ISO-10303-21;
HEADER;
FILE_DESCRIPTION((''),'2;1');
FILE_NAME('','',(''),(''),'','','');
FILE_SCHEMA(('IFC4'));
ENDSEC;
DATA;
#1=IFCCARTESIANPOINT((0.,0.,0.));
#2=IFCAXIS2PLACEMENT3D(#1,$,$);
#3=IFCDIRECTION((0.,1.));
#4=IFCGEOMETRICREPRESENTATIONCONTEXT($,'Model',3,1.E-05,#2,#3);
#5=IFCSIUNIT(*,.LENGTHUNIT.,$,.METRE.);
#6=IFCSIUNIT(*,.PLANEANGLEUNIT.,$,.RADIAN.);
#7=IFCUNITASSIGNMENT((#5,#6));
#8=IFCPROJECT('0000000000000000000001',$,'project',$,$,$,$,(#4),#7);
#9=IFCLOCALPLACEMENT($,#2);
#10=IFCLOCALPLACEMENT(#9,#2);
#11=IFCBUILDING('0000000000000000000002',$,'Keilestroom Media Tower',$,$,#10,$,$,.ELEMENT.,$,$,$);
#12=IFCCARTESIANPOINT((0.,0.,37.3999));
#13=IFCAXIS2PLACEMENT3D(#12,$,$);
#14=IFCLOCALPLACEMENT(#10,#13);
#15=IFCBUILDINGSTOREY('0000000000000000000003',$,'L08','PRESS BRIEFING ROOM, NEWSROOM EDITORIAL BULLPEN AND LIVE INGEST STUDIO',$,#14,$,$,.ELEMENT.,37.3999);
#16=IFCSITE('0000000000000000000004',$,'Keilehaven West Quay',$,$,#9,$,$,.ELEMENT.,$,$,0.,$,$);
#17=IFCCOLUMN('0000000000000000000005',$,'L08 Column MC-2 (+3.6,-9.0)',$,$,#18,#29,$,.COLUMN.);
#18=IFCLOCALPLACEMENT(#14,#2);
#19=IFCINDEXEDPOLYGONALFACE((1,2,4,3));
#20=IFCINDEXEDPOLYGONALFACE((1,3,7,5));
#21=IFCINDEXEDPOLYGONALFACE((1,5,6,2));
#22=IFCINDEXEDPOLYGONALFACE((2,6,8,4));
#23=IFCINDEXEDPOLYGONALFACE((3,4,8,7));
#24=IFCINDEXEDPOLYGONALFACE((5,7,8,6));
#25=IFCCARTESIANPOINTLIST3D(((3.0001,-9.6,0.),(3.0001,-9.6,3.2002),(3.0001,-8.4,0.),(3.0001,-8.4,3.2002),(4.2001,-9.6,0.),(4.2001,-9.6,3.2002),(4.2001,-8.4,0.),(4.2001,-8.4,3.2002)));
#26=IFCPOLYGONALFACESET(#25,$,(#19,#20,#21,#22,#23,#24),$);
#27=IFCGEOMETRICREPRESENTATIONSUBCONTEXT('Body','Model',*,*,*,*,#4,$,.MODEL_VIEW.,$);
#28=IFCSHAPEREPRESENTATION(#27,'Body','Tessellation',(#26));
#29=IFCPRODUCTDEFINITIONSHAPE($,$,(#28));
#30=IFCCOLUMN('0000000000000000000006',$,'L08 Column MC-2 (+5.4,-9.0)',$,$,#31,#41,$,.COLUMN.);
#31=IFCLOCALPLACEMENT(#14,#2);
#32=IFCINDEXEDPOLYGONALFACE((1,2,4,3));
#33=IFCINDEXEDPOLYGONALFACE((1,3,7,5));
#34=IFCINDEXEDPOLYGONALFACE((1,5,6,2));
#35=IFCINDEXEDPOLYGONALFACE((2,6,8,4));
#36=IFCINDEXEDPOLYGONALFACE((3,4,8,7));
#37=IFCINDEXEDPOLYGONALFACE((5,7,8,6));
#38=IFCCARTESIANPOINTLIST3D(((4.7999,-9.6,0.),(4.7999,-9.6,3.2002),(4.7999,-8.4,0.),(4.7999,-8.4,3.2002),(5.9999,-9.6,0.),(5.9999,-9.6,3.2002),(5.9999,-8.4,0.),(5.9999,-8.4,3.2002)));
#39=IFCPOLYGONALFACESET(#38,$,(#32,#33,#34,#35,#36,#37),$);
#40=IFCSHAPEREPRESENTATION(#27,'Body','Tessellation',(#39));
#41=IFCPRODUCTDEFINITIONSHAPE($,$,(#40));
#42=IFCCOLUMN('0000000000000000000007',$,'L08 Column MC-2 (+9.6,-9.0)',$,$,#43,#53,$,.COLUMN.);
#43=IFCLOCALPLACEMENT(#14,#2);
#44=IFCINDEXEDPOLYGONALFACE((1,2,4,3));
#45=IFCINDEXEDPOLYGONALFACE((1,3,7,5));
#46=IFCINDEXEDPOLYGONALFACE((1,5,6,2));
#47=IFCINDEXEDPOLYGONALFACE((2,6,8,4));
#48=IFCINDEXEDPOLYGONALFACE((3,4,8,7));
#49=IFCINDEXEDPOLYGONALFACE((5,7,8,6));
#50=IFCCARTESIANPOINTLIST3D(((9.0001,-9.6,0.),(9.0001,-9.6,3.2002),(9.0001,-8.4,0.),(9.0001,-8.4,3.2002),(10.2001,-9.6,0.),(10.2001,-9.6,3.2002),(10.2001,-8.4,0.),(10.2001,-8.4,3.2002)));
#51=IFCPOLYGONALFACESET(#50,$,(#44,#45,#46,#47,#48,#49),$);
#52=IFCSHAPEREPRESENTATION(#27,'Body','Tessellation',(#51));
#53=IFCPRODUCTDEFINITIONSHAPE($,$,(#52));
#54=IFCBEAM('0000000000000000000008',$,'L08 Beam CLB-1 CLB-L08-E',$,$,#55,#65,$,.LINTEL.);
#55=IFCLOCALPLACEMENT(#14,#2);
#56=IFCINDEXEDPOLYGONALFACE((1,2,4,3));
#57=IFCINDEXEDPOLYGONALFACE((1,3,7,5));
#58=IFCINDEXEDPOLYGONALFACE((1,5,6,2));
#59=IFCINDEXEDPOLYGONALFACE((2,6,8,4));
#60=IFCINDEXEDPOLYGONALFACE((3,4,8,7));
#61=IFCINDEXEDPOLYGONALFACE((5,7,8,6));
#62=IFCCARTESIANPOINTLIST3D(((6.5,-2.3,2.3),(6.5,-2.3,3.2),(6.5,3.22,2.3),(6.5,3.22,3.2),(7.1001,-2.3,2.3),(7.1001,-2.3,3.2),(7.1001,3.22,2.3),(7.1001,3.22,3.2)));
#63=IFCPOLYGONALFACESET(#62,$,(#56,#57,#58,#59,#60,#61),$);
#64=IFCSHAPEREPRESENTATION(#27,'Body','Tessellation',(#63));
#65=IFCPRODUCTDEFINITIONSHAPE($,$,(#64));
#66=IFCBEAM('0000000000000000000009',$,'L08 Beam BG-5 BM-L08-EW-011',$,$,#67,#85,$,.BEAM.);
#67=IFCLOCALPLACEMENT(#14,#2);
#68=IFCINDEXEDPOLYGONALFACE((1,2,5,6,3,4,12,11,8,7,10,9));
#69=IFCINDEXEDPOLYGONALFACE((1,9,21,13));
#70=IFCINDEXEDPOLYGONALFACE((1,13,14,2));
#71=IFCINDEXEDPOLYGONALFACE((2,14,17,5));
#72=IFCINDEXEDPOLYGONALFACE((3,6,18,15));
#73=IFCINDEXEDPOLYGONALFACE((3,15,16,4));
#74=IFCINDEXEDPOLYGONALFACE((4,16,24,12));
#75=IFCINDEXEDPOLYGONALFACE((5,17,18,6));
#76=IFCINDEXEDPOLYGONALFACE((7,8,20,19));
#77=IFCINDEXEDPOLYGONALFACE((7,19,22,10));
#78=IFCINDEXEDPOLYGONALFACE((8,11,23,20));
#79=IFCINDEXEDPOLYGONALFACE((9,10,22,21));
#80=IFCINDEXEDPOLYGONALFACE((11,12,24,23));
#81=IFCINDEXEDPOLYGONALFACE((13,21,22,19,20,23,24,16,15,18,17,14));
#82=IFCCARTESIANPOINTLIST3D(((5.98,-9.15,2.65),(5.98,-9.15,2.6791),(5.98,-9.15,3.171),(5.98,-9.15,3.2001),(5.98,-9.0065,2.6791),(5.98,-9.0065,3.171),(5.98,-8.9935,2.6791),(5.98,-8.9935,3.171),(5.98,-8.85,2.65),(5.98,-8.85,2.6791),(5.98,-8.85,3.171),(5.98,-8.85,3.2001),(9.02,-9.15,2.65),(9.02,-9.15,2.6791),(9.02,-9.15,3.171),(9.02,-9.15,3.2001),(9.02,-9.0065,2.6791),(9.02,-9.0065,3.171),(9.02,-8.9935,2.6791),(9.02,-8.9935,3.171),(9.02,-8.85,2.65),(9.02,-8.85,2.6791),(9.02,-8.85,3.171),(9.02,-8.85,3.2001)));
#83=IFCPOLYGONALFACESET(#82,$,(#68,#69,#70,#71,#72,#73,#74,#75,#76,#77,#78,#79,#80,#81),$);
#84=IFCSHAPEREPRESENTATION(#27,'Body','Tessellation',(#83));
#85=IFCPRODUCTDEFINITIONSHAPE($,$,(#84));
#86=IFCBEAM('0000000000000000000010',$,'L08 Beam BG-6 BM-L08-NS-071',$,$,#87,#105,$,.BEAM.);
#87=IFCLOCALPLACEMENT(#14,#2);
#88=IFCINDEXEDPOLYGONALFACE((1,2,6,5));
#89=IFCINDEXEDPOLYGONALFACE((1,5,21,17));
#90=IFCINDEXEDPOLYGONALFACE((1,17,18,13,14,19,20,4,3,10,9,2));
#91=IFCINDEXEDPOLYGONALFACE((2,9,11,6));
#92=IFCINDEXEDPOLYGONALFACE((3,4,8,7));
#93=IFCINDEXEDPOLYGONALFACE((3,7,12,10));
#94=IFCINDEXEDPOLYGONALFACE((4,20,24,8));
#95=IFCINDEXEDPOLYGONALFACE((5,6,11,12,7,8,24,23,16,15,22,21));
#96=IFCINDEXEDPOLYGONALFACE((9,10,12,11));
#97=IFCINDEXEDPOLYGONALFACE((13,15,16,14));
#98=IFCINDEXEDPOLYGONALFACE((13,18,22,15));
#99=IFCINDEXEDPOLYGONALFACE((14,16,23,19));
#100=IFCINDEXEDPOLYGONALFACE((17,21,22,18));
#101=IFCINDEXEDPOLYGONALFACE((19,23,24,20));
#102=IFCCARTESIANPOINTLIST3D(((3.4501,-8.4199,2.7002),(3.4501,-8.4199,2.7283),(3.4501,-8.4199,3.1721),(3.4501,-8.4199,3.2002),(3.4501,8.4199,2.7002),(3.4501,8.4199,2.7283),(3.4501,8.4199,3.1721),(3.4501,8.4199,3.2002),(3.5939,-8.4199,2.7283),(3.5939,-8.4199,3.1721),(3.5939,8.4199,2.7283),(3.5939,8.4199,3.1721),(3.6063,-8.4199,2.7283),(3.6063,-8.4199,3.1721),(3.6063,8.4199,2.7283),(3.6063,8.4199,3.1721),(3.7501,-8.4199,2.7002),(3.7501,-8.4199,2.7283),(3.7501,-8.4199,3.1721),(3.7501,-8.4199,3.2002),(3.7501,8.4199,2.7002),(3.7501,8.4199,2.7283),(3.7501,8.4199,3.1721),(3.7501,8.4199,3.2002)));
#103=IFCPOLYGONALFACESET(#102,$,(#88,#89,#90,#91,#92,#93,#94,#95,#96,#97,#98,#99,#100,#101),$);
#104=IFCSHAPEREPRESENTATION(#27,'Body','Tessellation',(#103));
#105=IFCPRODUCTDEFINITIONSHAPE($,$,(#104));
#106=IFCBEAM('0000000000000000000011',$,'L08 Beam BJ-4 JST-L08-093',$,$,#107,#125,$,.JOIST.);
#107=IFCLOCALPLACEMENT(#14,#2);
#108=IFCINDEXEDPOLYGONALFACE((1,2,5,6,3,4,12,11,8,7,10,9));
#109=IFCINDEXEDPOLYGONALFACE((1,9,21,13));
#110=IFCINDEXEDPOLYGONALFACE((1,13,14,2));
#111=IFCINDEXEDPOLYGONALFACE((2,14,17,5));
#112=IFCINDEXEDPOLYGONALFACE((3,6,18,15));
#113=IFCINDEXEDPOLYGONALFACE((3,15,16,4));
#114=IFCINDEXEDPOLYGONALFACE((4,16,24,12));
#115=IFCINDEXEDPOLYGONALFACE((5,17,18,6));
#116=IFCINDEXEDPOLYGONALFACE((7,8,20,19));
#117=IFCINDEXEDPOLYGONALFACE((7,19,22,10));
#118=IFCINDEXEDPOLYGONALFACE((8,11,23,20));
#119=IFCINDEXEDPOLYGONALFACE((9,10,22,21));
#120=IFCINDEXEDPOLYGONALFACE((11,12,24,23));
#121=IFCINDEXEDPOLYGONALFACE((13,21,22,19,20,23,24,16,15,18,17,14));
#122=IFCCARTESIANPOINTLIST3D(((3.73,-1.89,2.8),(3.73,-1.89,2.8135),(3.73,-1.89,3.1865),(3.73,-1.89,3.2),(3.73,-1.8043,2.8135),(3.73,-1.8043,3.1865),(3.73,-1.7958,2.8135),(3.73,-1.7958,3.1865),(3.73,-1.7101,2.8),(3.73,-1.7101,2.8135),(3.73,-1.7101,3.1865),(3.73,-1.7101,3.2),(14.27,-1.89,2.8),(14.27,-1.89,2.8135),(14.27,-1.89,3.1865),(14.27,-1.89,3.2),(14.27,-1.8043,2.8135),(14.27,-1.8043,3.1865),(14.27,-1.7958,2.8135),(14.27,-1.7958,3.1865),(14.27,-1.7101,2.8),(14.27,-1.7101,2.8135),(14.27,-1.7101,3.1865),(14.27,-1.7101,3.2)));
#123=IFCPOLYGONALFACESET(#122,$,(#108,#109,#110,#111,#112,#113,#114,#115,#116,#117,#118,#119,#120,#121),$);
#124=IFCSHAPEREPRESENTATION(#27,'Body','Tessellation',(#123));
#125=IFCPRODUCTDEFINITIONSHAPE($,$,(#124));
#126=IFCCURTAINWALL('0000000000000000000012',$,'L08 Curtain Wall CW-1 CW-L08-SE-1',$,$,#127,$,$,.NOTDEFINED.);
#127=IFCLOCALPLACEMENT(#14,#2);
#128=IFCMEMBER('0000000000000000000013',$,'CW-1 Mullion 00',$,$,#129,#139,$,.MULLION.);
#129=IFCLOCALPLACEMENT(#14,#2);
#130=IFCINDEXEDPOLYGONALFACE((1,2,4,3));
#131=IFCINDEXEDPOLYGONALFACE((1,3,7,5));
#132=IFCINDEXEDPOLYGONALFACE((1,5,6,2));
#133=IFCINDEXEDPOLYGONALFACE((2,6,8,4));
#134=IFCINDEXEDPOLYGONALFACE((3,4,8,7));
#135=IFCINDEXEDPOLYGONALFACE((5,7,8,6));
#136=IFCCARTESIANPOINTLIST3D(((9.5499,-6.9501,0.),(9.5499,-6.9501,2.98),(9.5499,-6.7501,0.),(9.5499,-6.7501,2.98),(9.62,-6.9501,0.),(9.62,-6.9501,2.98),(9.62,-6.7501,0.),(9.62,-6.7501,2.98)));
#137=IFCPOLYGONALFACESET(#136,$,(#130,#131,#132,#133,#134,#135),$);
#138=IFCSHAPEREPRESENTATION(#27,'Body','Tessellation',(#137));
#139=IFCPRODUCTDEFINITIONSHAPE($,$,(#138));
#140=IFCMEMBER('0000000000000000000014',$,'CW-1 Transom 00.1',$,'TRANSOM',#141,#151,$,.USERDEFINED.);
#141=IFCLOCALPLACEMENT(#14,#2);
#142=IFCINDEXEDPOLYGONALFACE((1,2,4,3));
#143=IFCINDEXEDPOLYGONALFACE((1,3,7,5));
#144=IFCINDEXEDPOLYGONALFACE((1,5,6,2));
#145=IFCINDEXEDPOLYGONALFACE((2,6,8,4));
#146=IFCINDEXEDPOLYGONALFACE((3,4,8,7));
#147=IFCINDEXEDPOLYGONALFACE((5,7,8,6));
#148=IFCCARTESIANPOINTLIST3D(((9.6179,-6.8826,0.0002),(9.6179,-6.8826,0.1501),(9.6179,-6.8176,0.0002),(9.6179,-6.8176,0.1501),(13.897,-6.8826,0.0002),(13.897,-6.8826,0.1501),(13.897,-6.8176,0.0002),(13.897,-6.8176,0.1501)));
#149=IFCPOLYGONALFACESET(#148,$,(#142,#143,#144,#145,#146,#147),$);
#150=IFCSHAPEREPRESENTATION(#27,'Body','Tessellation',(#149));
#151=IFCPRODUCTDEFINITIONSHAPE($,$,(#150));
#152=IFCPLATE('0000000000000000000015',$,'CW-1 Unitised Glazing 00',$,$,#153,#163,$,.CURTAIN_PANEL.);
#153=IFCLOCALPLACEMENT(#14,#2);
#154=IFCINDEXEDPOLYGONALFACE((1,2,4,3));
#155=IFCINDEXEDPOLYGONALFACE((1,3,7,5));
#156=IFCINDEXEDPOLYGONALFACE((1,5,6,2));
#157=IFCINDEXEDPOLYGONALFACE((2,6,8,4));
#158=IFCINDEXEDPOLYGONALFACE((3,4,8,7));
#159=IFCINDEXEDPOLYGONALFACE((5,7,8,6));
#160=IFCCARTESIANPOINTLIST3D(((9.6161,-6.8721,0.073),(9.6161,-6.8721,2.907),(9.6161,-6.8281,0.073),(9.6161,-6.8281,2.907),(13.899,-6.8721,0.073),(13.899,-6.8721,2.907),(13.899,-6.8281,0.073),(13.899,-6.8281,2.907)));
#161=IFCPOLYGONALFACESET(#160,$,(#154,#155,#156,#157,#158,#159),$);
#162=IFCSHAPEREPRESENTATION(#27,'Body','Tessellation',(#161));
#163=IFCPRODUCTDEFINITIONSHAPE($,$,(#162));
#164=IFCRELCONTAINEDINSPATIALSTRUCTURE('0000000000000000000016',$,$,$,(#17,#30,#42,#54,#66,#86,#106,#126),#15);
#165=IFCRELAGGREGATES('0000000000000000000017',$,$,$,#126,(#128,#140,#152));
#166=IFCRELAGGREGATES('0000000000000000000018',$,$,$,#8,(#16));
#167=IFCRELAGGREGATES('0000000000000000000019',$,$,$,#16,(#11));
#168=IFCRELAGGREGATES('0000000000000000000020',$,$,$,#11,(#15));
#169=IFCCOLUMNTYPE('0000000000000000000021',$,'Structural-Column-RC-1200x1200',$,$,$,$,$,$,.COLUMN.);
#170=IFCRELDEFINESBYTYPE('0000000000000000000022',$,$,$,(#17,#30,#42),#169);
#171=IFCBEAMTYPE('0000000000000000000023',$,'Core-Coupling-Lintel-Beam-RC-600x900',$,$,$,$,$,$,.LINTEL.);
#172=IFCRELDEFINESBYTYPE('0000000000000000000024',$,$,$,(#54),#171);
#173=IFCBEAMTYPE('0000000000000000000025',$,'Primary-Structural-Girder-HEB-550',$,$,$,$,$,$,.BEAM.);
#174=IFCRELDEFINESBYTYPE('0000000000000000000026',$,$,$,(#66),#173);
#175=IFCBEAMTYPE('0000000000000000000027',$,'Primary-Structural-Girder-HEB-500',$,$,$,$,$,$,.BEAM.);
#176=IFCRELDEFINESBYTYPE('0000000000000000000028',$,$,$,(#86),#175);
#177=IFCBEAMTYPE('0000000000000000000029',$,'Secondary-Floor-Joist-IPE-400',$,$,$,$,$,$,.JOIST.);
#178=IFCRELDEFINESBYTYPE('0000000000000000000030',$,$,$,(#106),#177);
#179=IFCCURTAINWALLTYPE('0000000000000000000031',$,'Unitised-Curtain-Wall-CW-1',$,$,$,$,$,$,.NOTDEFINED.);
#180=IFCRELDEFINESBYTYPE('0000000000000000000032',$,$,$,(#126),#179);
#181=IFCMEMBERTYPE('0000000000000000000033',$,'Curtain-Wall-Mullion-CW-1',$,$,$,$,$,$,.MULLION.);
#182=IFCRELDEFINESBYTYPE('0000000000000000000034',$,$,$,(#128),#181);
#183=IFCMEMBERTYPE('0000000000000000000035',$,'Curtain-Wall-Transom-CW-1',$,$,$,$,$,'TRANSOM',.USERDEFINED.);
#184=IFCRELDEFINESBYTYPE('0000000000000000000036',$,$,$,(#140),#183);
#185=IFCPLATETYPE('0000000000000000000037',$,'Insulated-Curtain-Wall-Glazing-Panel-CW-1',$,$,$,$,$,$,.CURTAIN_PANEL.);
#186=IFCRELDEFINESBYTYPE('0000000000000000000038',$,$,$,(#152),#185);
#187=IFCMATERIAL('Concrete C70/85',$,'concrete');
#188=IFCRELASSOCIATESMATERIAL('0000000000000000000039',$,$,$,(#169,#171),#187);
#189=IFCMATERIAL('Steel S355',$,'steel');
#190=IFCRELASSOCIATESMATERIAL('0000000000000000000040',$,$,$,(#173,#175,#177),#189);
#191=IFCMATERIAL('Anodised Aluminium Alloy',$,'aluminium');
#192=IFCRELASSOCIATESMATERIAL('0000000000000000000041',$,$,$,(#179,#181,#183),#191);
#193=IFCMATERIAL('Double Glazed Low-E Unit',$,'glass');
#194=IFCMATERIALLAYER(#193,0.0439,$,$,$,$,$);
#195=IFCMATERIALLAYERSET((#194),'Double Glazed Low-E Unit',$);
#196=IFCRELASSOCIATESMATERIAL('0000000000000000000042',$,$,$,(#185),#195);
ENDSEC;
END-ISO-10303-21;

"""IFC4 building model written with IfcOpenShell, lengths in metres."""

from ifc_helpers import new_model, si_unit, direction, frame, origin, origin_2d, place, context, subcontext, project, spatial, rectangle, i_section, extrude, source, transform, mapped, material, layer, layer_set, material_profile, profile_set, type_object, element, aggregate, save


model = new_model("IFC4")

# Units and contexts
model_context = context("Model", 3, precision=1e-05, world=origin(), true_north=direction((0.0, 1.0)))
body_context = subcontext(model_context, "Body", "Model", "MODEL_VIEW")
ifc_project = project(units=[si_unit("LENGTHUNIT", "METRE"), si_unit("PLANEANGLEUNIT", "RADIAN")], contexts=[model_context])

# Site, building, storey
site_placement = place(None, origin())
site = spatial("IfcSite", under=ifc_project, at=site_placement, Name="Keilehaven West Quay", CompositionType="ELEMENT", RefElevation=0.0)
building_placement = place(site_placement, origin())
building = spatial("IfcBuilding", under=site, at=building_placement, Name="Keilestroom Media Tower", CompositionType="ELEMENT")
storey_placement = place(building_placement, frame((0.0, 0.0, 37.3999)))
storey = spatial("IfcBuildingStorey", under=building, at=storey_placement, Name="L08", Description="PRESS BRIEFING ROOM, NEWSROOM EDITORIAL BULLPEN AND LIVE INGEST STUDIO", CompositionType="ELEMENT", Elevation=37.3999)

# Columns
ifc_material_1 = material(Name="Concrete C70/85", Category="concrete")
ifc_material_profile_1 = material_profile(ifc_material_1, rectangle(XDim=1.2, YDim=1.2, at=origin_2d()), Name="RC 1200x1200")
ifc_profile_set_1 = profile_set([ifc_material_profile_1], Name="Concrete C70/85")
column_type = type_object("IfcColumnType", Name="Structural-Column-RC-1200x1200", PredefinedType="COLUMN", material=ifc_profile_set_1)
shared_shape_1 = source(origin(), body_context, "Body", "SweptSolid", [
    extrude(rectangle(XDim=1.2, YDim=1.2, at=origin_2d()), origin(), (0.0, 0.0, 1.0), 3.2002),
])
for number, where, z_axis, x_axis, name in (
    (1, (3.6001, -9.0, 0.0), (0.0, 0.0, 1.0), (1.0, 0.0, 0.0), "L08 Column MC-2 (+3.6,-9.0)"),
    (2, (5.3999, -9.0, 0.0), (0.0, 0.0, 1.0), (1.0, 0.0, 0.0), "L08 Column MC-2 (+5.4,-9.0)"),
    (3, (9.6001, -9.0, 0.0), (0.0, 0.0, 1.0), (1.0, 0.0, 0.0), "L08 Column MC-2 (+9.6,-9.0)"),
):
    element("IfcColumn", number, at=place(storey_placement, frame(where, z_axis=z_axis, x_axis=x_axis)), inside=storey, type_object=column_type, Name=name, PredefinedType="COLUMN", context=body_context, shape_type="MappedRepresentation", body=[
        mapped(shared_shape_1, transform((0.0, 0.0, 0.0), x_axis=(1.0, 0.0, 0.0), y_axis=(0.0, 1.0, 0.0), z_axis=(0.0, 0.0, 1.0), scale=1.0)),
    ])

# Beams
ifc_material_profile_2 = material_profile(ifc_material_1, rectangle(XDim=0.6001, YDim=0.8999, at=origin_2d()), Name="RC 600x900")
ifc_profile_set_2 = profile_set([ifc_material_profile_2], Name="Concrete C70/85")
beam_type_1 = type_object("IfcBeamType", Name="Core-Coupling-Lintel-Beam-RC-600x900", PredefinedType="LINTEL", material=ifc_profile_set_2)
shared_shape_2 = source(origin(), body_context, "Body", "SweptSolid", [
    extrude(rectangle(XDim=0.6001, YDim=0.8999, at=origin_2d()), origin(), (0.0, 0.0, 1.0), 5.52),
])
beam_1_placement = place(storey_placement, frame((6.8, -2.3, 2.75), z_axis=(0.0, 1.0, 0.0), x_axis=(-1.0, 0.0, 0.0)))
element("IfcBeam", 4, at=beam_1_placement, inside=storey, type_object=beam_type_1, Name="L08 Beam CLB-1 CLB-L08-E", PredefinedType="LINTEL", context=body_context, shape_type="MappedRepresentation", body=[
    mapped(shared_shape_2, transform((0.0, 0.0, 0.0), x_axis=(1.0, 0.0, 0.0), y_axis=(0.0, 1.0, 0.0), z_axis=(0.0, 0.0, 1.0), scale=1.0)),
])
ifc_material_2 = material(Name="Steel S355", Category="steel")
ifc_material_profile_3 = material_profile(ifc_material_2, i_section(OverallWidth=0.3, OverallDepth=0.55, WebThickness=0.0129, FlangeThickness=0.0291, at=origin_2d()), Name="HEB 550")
ifc_profile_set_3 = profile_set([ifc_material_profile_3], Name="Steel S355")
beam_type_2 = type_object("IfcBeamType", Name="Primary-Structural-Girder-HEB-550", PredefinedType="BEAM", material=ifc_profile_set_3)
shared_shape_3 = source(origin(), body_context, "Body", "SweptSolid", [
    extrude(i_section(OverallWidth=0.3, OverallDepth=0.55, WebThickness=0.0129, FlangeThickness=0.0291, at=origin_2d()), origin(), (0.0, 0.0, 1.0), 3.04),
])
beam_2_placement = place(storey_placement, frame((5.98, -9.0, 2.925), z_axis=(1.0, 0.0, 0.0), x_axis=(0.0, 1.0, 0.0)))
element("IfcBeam", 5, at=beam_2_placement, inside=storey, type_object=beam_type_2, Name="L08 Beam BG-5 BM-L08-EW-011", PredefinedType="BEAM", context=body_context, shape_type="MappedRepresentation", body=[
    mapped(shared_shape_3, transform((0.0, 0.0, 0.0), x_axis=(1.0, 0.0, 0.0), y_axis=(0.0, 1.0, 0.0), z_axis=(0.0, 0.0, 1.0), scale=1.0)),
])
ifc_material_profile_4 = material_profile(ifc_material_2, i_section(OverallWidth=0.3, OverallDepth=0.5, WebThickness=0.0125, FlangeThickness=0.0281, at=origin_2d()), Name="HEB 500")
ifc_profile_set_4 = profile_set([ifc_material_profile_4], Name="Steel S355")
beam_type_3 = type_object("IfcBeamType", Name="Primary-Structural-Girder-HEB-500", PredefinedType="BEAM", material=ifc_profile_set_4)
shared_shape_4 = source(origin(), body_context, "Body", "SweptSolid", [
    extrude(i_section(OverallWidth=0.3, OverallDepth=0.5, WebThickness=0.0125, FlangeThickness=0.0281, at=origin_2d()), origin(), (0.0, 0.0, 1.0), 16.8398),
])
beam_3_placement = place(storey_placement, frame((3.6001, -8.4199, 2.9502), z_axis=(0.0, 1.0, 0.0), x_axis=(-1.0, 0.0, 0.0)))
element("IfcBeam", 6, at=beam_3_placement, inside=storey, type_object=beam_type_3, Name="L08 Beam BG-6 BM-L08-NS-071", PredefinedType="BEAM", context=body_context, shape_type="MappedRepresentation", body=[
    mapped(shared_shape_4, transform((0.0, 0.0, 0.0), x_axis=(1.0, 0.0, 0.0), y_axis=(0.0, 1.0, 0.0), z_axis=(0.0, 0.0, 1.0), scale=1.0)),
])
ifc_material_profile_5 = material_profile(ifc_material_2, i_section(OverallWidth=0.1799, OverallDepth=0.3999, WebThickness=0.0085, FlangeThickness=0.0134, at=origin_2d()), Name="IPE 400")
ifc_profile_set_5 = profile_set([ifc_material_profile_5], Name="Steel S355")
beam_type_4 = type_object("IfcBeamType", Name="Secondary-Floor-Joist-IPE-400", PredefinedType="JOIST", material=ifc_profile_set_5)
shared_shape_5 = source(origin(), body_context, "Body", "SweptSolid", [
    extrude(i_section(OverallWidth=0.1799, OverallDepth=0.3999, WebThickness=0.0085, FlangeThickness=0.0134, at=origin_2d()), origin(), (0.0, 0.0, 1.0), 10.54),
])
beam_4_placement = place(storey_placement, frame((3.73, -1.8, 3.0), z_axis=(1.0, 0.0, 0.0), x_axis=(0.0, 1.0, 0.0)))
element("IfcBeam", 7, at=beam_4_placement, inside=storey, type_object=beam_type_4, Name="L08 Beam BJ-4 JST-L08-093", PredefinedType="JOIST", context=body_context, shape_type="MappedRepresentation", body=[
    mapped(shared_shape_5, transform((0.0, 0.0, 0.0), x_axis=(1.0, 0.0, 0.0), y_axis=(0.0, 1.0, 0.0), z_axis=(0.0, 0.0, 1.0), scale=1.0)),
])

# Curtain wall, members, plate
ifc_material_3 = material(Name="Anodised Aluminium Alloy", Category="aluminium")
curtain_wall_type = type_object("IfcCurtainWallType", Name="Unitised-Curtain-Wall-CW-1", PredefinedType="NOTDEFINED", material=ifc_material_3)
curtain_wall_placement = place(storey_placement, origin())
curtain_wall = element("IfcCurtainWall", 8, at=curtain_wall_placement, inside=storey, type_object=curtain_wall_type, Name="L08 Curtain Wall CW-1 CW-L08-SE-1", PredefinedType="NOTDEFINED")
ifc_material_profile_6 = material_profile(ifc_material_3, rectangle(XDim=0.0701, YDim=0.2, at=origin_2d()), Name="ALU MULLION 70x200")
ifc_profile_set_6 = profile_set([ifc_material_profile_6], Name="Anodised Aluminium Alloy")
member_type_1 = type_object("IfcMemberType", Name="Curtain-Wall-Mullion-CW-1", PredefinedType="MULLION", material=ifc_profile_set_6)
shared_shape_6 = source(origin(), body_context, "Body", "SweptSolid", [
    extrude(rectangle(XDim=0.0701, YDim=0.2, at=origin_2d()), origin(), (0.0, 0.0, 1.0), 2.98),
])
member_1_placement = place(storey_placement, frame((9.585, -6.8501, 0.0), z_axis=(0.0, 0.0, 1.0), x_axis=(1.0, 0.0, 0.0)))
member_1 = element("IfcMember", 9, at=member_1_placement, type_object=member_type_1, Name="CW-1 Mullion 00", PredefinedType="MULLION", context=body_context, shape_type="MappedRepresentation", body=[
    mapped(shared_shape_6, transform((0.0, 0.0, 0.0), x_axis=(1.0, 0.0, 0.0), y_axis=(0.0, 1.0, 0.0), z_axis=(0.0, 0.0, 1.0), scale=1.0)),
])
ifc_material_profile_7 = material_profile(ifc_material_3, rectangle(XDim=0.0649, YDim=0.1499, at=origin_2d()), Name="ALU TRANSOM 65x150")
ifc_profile_set_7 = profile_set([ifc_material_profile_7], Name="Anodised Aluminium Alloy")
member_type_2 = type_object("IfcMemberType", Name="Curtain-Wall-Transom-CW-1", ElementType="TRANSOM", PredefinedType="USERDEFINED", material=ifc_profile_set_7)
shared_shape_7 = source(origin(), body_context, "Body", "SweptSolid", [
    extrude(rectangle(XDim=0.0649, YDim=0.1499, at=origin_2d()), origin(), (0.0, 0.0, 1.0), 4.2791),
])
member_2_placement = place(storey_placement, frame((9.6179, -6.8501, 0.0752), z_axis=(1.0, 0.0, 0.0), x_axis=(0.0, 1.0, 0.0)))
member_2 = element("IfcMember", 10, at=member_2_placement, type_object=member_type_2, Name="CW-1 Transom 00.1", ObjectType="TRANSOM", PredefinedType="USERDEFINED", context=body_context, shape_type="MappedRepresentation", body=[
    mapped(shared_shape_7, transform((0.0, 0.0, 0.0), x_axis=(1.0, 0.0, 0.0), y_axis=(0.0, 1.0, 0.0), z_axis=(0.0, 0.0, 1.0), scale=1.0)),
])
ifc_material_4 = material(Name="Double Glazed Low-E Unit", Category="glass")
ifc_layer_1 = layer(ifc_material_4, 0.0439)
ifc_layer_set_1 = layer_set([ifc_layer_1], Name="Double Glazed Low-E Unit")
plate_type = type_object("IfcPlateType", Name="Insulated-Curtain-Wall-Glazing-Panel-CW-1", PredefinedType="CURTAIN_PANEL", material=ifc_layer_set_1)
shared_shape_8 = source(origin(), body_context, "Body", "SweptSolid", [
    extrude(rectangle(XDim=4.283, YDim=0.0439, at=origin_2d()), origin(), (0.0, 0.0, 1.0), 2.834),
])
plate_placement = place(storey_placement, frame((11.7576, -6.8501, 0.073), z_axis=(0.0, 0.0, 1.0), x_axis=(1.0, 0.0, 0.0)))
plate = element("IfcPlate", 11, at=plate_placement, type_object=plate_type, Name="CW-1 Unitised Glazing 00", PredefinedType="CURTAIN_PANEL", context=body_context, shape_type="MappedRepresentation", body=[
    mapped(shared_shape_8, transform((0.0, 0.0, 0.0), x_axis=(1.0, 0.0, 0.0), y_axis=(0.0, 1.0, 0.0), z_axis=(0.0, 0.0, 1.0), scale=1.0)),
])
aggregate(curtain_wall, [member_1, member_2, plate])

save(model, "model.ifc")
